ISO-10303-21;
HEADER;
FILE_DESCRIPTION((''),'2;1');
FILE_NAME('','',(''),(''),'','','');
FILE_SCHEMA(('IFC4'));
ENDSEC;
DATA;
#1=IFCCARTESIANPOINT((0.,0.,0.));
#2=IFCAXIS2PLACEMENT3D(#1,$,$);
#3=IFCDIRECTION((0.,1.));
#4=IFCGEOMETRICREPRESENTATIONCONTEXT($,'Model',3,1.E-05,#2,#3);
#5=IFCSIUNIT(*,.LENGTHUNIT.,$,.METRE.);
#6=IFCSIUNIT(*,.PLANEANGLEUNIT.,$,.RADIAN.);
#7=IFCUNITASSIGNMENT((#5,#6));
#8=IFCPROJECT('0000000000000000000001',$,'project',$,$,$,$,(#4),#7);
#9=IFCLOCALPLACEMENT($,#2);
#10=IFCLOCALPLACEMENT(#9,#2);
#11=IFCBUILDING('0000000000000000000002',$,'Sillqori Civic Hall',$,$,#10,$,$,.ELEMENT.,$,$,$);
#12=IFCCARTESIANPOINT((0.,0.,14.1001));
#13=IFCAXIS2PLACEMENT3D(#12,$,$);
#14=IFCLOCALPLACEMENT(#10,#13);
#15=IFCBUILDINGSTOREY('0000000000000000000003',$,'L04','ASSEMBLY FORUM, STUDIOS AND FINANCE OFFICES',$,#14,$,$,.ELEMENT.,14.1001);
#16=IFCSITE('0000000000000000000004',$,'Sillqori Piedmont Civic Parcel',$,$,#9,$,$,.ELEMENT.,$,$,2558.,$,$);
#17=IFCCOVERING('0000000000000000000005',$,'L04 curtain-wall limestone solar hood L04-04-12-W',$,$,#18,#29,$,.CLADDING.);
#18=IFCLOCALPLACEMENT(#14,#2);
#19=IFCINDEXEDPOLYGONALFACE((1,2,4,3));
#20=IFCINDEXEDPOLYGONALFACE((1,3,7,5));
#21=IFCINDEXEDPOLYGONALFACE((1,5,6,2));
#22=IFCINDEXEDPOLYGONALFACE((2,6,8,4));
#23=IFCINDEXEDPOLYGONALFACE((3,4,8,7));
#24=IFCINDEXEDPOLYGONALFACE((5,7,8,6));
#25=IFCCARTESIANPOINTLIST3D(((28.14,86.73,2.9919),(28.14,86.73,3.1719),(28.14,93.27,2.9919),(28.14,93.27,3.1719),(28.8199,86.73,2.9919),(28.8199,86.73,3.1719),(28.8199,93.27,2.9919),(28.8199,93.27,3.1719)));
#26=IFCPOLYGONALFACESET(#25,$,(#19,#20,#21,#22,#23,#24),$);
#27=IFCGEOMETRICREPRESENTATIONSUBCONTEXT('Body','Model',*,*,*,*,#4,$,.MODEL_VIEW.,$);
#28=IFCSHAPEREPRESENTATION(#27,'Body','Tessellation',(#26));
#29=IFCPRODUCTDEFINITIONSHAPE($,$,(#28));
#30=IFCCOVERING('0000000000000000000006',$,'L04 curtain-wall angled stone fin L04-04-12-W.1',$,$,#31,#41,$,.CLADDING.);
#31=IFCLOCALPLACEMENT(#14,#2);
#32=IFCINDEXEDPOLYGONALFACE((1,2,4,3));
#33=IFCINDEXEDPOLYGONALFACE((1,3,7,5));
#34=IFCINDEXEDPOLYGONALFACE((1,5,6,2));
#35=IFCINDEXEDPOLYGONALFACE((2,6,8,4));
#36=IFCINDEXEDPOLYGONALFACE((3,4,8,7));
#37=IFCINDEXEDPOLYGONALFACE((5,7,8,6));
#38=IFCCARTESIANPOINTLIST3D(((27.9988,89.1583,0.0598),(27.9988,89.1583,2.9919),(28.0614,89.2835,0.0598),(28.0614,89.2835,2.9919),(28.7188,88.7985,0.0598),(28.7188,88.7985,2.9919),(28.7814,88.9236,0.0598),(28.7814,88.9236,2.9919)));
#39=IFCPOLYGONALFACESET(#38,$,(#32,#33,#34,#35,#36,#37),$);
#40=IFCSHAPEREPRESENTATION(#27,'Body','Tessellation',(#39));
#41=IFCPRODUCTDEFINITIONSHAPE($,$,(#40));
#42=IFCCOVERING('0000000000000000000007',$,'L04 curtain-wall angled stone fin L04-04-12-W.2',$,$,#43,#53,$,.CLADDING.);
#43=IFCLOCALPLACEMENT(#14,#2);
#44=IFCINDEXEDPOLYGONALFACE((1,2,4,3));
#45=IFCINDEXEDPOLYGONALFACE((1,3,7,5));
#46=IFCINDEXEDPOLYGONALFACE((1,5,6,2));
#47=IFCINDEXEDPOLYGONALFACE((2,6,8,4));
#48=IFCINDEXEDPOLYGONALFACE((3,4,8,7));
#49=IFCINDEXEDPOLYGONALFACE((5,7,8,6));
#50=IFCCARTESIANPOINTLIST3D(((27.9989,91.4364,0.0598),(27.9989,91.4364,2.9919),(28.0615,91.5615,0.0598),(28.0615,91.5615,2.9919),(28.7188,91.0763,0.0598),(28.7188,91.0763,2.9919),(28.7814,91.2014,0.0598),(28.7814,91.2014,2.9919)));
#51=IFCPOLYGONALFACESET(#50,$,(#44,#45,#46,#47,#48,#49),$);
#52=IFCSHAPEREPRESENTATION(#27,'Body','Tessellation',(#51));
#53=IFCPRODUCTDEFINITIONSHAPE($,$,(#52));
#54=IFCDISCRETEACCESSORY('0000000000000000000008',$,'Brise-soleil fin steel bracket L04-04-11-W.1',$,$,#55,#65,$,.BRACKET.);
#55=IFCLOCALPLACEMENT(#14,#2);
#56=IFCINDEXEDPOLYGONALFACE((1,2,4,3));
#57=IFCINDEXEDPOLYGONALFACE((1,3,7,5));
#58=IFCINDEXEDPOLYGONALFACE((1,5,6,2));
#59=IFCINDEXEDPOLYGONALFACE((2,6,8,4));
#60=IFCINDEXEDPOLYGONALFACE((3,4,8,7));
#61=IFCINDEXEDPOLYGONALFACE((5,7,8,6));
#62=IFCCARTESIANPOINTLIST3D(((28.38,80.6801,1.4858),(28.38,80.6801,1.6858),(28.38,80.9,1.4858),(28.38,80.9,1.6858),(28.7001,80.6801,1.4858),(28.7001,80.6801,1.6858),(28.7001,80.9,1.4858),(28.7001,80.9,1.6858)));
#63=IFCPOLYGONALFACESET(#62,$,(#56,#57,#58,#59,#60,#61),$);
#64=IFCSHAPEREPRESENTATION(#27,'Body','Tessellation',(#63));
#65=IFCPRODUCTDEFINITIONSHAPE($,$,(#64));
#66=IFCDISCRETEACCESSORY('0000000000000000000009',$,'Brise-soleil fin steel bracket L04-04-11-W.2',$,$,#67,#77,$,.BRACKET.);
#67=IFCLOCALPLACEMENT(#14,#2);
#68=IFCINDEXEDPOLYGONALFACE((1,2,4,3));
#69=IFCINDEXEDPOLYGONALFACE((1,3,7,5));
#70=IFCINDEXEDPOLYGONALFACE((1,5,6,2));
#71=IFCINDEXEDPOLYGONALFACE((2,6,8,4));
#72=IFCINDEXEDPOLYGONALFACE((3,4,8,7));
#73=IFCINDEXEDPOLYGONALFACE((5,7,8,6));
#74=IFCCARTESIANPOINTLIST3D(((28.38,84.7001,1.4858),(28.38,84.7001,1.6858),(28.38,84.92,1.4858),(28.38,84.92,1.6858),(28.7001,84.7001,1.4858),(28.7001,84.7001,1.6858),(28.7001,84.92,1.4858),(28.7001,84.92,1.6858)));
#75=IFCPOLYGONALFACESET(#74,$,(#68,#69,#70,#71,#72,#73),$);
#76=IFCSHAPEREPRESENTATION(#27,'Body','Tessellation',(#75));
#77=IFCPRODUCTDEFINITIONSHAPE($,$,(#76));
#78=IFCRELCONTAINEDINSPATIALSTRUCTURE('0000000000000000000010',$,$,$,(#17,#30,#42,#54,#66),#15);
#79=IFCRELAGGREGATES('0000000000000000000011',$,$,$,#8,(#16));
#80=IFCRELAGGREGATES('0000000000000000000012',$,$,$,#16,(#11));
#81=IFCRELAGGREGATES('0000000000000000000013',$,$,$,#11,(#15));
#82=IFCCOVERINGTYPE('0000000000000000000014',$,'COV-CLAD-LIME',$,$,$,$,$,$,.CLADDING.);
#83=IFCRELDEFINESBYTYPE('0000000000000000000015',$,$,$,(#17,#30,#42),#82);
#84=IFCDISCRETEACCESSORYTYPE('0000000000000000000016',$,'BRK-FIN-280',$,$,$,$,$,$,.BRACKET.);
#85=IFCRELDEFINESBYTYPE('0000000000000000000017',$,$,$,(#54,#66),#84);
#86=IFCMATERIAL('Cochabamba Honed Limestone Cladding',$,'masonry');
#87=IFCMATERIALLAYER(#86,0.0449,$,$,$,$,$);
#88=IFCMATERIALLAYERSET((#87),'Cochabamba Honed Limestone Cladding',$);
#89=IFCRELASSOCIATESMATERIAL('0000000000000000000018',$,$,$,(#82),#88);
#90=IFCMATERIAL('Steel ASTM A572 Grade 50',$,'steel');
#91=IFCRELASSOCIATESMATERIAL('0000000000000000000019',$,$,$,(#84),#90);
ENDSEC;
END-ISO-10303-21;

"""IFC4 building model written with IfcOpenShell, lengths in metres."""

from ifc_helpers import new_model, si_unit, direction, frame, frame_2d, origin, origin_2d, place, context, subcontext, project, spatial, rectangle, extrude, material, layer, layer_set, type_object, element, save


model = new_model("IFC4")

# Units and contexts
model_context = context("Model", 3, precision=1e-05, world=origin(), true_north=direction((0.0, 1.0)))
body_context = subcontext(model_context, "Body", "Model", "MODEL_VIEW")
ifc_project = project(units=[si_unit("LENGTHUNIT", "METRE"), si_unit("PLANEANGLEUNIT", "RADIAN")], contexts=[model_context])

# Site, building, storey
site_placement = place(None, origin())
site = spatial("IfcSite", under=ifc_project, at=site_placement, Name="Sillqori Piedmont Civic Parcel", CompositionType="ELEMENT", RefElevation=2558.0)
building_placement = place(site_placement, origin())
building = spatial("IfcBuilding", under=site, at=building_placement, Name="Sillqori Civic Hall", CompositionType="ELEMENT")
storey_placement = place(building_placement, frame((0.0, 0.0, 14.1001)))
storey = spatial("IfcBuildingStorey", under=building, at=storey_placement, Name="L04", Description="ASSEMBLY FORUM, STUDIOS AND FINANCE OFFICES", CompositionType="ELEMENT", Elevation=14.1001)

# Coverings
ifc_material_1 = material(Name="Cochabamba Honed Limestone Cladding", Category="masonry")
ifc_layer_1 = layer(ifc_material_1, 0.0449)
ifc_layer_set_1 = layer_set([ifc_layer_1], Name="Cochabamba Honed Limestone Cladding")
covering_type = type_object("IfcCoveringType", Name="COV-CLAD-LIME", PredefinedType="CLADDING", material=ifc_layer_set_1)
covering_1_placement = place(storey_placement, frame((28.48, 86.73, 2.9919), z_axis=(0.0, 0.0, 1.0), x_axis=(0.0, 1.0, 0.0)))
element("IfcCovering", 1, at=covering_1_placement, inside=storey, type_object=covering_type, Name="L04 curtain-wall limestone solar hood L04-04-12-W", PredefinedType="CLADDING", context=body_context, shape_type="SweptSolid", body=[
    extrude(rectangle(XDim=6.54, YDim=0.6799, at=frame_2d((3.27, 0.0))), origin(), (0.0, 0.0, 1.0), 0.1799),
])
for number, where, z_axis, x_axis, name in (
    (2, (28.75, 88.8611, 0.0598), (0.0, 0.0, 1.0), (-0.894488, 0.447092, 0.0), "L04 curtain-wall angled stone fin L04-04-12-W.1"),
    (3, (28.75, 91.1389, 0.0598), (0.0, 0.0, 1.0), (-0.894367, 0.447335, 0.0), "L04 curtain-wall angled stone fin L04-04-12-W.2"),
):
    element("IfcCovering", number, at=place(storey_placement, frame(where, z_axis=z_axis, x_axis=x_axis)), inside=storey, type_object=covering_type, Name=name, PredefinedType="CLADDING", context=body_context, shape_type="SweptSolid", body=[
        extrude(rectangle(XDim=0.8049, YDim=0.1399, at=frame_2d((0.4023, 0.0))), origin(), (0.0, 0.0, 1.0), 2.9321),
    ])

# Discrete accessories
ifc_material_2 = material(Name="Steel ASTM A572 Grade 50", Category="steel")
discrete_accessory_type = type_object("IfcDiscreteAccessoryType", Name="BRK-FIN-280", PredefinedType="BRACKET", material=ifc_material_2)
for number, where, z_axis, x_axis, name in (
    (4, (28.54, 80.79, 1.4858), (0.0, 0.0, 1.0), (0.0, 1.0, 0.0), "Brise-soleil fin steel bracket L04-04-11-W.1"),
    (5, (28.54, 84.8101, 1.4858), (0.0, 0.0, 1.0), (0.0, 1.0, 0.0), "Brise-soleil fin steel bracket L04-04-11-W.2"),
):
    element("IfcDiscreteAccessory", number, at=place(storey_placement, frame(where, z_axis=z_axis, x_axis=x_axis)), inside=storey, type_object=discrete_accessory_type, Name=name, PredefinedType="BRACKET", context=body_context, shape_type="SweptSolid", body=[
        extrude(rectangle(XDim=0.22, YDim=0.3201, at=origin_2d()), origin(), (0.0, 0.0, 1.0), 0.2),
    ])

save(model, "model.ifc")
